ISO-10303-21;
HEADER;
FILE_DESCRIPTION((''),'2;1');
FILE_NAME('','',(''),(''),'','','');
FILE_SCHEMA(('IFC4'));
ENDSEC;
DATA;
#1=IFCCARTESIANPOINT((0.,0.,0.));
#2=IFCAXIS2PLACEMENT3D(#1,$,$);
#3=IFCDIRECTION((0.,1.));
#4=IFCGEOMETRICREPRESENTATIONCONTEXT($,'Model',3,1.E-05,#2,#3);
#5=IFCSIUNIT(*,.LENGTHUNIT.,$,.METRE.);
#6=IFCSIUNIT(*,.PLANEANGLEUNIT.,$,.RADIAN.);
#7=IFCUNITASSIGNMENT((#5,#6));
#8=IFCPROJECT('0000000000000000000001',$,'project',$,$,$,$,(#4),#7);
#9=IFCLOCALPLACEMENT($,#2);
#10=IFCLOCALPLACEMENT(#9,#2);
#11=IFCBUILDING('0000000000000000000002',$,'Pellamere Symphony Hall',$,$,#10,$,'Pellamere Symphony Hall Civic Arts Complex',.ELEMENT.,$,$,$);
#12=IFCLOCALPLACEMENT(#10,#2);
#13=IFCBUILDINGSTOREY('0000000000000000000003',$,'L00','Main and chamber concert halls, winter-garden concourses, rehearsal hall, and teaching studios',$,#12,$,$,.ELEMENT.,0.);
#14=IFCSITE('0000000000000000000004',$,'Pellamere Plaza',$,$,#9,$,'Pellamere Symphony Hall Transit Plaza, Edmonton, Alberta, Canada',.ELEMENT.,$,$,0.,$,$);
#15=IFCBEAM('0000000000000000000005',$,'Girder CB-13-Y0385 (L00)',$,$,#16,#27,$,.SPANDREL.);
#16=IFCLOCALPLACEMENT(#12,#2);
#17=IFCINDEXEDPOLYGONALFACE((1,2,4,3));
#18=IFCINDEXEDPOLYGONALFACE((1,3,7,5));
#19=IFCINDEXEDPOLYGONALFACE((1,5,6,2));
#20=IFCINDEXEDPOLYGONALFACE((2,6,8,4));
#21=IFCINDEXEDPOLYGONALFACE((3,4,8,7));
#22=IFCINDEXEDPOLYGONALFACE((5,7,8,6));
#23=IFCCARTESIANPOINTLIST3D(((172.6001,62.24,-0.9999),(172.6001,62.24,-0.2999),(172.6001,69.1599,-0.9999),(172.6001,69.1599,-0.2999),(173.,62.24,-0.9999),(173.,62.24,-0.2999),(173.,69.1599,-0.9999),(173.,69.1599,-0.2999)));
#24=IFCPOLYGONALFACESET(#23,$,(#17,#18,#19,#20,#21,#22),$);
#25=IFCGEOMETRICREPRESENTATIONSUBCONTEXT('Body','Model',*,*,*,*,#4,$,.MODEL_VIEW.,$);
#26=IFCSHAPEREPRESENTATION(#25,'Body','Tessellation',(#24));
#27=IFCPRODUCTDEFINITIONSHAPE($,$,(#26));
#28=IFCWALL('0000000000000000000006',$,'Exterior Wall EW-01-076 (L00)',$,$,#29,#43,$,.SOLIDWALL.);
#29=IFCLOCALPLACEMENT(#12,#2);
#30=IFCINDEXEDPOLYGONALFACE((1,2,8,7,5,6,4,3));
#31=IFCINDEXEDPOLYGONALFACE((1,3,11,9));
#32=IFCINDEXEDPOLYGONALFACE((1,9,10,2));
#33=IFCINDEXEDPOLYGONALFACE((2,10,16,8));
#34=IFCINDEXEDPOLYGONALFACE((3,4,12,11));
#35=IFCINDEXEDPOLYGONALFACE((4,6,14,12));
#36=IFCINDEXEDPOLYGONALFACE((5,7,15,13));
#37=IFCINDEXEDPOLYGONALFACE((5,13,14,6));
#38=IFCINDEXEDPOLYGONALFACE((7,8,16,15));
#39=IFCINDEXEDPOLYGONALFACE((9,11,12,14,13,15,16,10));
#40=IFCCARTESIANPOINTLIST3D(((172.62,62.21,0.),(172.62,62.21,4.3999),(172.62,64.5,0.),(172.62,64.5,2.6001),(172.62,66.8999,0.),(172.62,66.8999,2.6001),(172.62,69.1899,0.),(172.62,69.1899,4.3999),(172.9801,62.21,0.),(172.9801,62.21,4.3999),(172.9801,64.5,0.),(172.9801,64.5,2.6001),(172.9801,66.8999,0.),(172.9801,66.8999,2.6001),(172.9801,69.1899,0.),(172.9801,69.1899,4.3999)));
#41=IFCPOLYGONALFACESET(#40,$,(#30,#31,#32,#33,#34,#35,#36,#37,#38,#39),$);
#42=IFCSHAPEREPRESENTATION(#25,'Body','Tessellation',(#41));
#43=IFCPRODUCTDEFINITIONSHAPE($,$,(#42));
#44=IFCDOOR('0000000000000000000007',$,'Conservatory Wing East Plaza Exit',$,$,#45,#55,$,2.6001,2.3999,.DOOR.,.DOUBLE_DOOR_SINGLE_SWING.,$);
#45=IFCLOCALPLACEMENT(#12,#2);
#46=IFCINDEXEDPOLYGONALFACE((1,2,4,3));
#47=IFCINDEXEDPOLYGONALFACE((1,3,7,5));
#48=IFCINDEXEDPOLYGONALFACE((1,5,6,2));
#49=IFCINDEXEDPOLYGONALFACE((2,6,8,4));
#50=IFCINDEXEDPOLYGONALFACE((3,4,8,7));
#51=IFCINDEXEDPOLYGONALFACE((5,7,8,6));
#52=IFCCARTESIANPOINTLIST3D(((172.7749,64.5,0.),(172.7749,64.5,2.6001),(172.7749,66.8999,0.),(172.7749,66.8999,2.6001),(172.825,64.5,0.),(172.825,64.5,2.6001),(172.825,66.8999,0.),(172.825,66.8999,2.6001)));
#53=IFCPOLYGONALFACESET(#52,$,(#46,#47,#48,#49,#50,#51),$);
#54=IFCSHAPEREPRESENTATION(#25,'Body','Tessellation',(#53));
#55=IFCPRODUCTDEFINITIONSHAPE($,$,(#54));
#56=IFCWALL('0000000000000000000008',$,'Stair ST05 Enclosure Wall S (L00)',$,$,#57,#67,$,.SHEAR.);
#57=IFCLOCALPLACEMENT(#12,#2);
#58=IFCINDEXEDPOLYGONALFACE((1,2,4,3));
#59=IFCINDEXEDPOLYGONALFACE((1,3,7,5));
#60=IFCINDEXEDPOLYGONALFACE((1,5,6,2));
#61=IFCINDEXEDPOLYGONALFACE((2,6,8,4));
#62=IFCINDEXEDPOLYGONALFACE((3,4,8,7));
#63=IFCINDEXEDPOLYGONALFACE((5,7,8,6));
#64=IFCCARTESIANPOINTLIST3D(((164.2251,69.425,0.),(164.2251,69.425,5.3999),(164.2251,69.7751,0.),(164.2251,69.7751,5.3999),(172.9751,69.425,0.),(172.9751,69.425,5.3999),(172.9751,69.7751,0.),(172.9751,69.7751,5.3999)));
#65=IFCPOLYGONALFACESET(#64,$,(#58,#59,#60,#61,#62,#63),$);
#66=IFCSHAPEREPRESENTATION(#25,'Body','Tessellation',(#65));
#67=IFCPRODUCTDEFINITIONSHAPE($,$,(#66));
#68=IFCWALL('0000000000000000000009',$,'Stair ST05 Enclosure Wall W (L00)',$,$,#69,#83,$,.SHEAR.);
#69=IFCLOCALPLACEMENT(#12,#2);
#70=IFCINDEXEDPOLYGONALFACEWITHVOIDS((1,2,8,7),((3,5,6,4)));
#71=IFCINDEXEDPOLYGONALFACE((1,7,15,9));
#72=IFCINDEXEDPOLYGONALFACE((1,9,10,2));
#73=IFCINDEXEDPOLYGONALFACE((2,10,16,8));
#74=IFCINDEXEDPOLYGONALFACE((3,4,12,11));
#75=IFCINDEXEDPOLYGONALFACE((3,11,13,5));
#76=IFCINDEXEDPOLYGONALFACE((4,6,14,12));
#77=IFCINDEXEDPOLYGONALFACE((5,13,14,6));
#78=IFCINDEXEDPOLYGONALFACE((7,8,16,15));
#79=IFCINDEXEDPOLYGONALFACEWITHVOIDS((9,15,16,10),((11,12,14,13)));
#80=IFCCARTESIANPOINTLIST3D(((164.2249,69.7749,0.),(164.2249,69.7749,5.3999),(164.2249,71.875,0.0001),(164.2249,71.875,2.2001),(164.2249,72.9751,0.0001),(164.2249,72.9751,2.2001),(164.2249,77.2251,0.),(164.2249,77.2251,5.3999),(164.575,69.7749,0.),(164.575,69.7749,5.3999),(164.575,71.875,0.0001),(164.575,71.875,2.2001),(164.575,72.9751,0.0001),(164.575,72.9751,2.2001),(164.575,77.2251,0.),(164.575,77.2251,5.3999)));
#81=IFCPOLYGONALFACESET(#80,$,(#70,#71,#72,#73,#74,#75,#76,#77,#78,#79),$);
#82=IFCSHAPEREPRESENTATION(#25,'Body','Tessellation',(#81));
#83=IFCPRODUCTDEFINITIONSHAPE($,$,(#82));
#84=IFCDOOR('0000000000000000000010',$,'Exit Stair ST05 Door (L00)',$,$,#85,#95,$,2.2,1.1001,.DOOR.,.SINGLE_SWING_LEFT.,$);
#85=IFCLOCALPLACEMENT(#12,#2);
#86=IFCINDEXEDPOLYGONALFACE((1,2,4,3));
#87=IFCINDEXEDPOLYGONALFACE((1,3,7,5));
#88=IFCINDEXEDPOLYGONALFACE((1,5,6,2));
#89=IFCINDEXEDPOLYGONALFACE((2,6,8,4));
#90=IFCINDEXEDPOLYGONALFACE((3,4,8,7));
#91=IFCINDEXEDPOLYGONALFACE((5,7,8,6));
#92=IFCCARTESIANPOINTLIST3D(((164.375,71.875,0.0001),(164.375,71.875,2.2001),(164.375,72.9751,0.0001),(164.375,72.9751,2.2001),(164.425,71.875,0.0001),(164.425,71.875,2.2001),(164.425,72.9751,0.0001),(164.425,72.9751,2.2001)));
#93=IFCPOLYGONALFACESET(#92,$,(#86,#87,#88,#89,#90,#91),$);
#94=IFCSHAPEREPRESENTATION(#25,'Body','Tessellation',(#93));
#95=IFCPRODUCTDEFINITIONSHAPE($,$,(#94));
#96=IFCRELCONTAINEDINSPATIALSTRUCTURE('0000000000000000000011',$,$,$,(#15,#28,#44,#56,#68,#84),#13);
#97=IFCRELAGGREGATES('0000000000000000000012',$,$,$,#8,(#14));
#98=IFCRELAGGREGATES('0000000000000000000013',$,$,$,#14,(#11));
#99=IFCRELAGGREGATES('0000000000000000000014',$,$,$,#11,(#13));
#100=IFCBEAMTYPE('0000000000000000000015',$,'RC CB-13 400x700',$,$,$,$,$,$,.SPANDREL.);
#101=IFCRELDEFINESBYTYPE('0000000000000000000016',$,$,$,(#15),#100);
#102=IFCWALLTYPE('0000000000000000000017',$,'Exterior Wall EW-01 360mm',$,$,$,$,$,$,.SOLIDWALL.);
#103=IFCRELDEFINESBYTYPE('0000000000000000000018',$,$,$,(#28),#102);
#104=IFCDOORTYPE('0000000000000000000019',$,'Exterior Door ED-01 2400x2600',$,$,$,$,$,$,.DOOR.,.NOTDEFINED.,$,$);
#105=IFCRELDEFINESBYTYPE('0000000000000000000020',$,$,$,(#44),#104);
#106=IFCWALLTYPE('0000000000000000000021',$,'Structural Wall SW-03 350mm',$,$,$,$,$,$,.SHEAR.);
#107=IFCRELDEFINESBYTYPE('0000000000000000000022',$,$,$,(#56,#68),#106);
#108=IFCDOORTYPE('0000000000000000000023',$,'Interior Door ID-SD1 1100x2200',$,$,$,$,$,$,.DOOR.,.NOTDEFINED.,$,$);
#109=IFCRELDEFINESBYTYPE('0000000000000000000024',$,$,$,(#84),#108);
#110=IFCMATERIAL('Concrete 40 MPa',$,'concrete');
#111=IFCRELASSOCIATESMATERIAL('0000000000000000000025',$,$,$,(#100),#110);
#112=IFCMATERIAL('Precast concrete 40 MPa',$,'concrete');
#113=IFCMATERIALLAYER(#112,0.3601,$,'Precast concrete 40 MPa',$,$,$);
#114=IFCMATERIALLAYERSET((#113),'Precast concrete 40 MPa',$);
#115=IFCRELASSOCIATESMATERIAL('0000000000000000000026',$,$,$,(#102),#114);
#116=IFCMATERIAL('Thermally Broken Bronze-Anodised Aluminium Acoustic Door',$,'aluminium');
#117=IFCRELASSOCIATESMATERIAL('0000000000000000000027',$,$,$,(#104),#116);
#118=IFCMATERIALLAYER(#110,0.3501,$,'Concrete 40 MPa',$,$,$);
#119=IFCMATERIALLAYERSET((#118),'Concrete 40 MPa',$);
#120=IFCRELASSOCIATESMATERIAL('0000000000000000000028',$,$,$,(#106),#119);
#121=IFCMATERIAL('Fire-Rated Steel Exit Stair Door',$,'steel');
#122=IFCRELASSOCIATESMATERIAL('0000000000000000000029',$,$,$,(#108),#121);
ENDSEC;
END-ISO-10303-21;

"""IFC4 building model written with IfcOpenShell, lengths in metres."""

from ifc_helpers import new_model, si_unit, direction, frame, frame_2d, origin, origin_2d, place, context, subcontext, project, spatial, rectangle, extrude, material, layer, layer_set, material_profile, profile_set, type_object, element, fill, save


model = new_model("IFC4")

# Units and contexts
model_context = context("Model", 3, precision=1e-05, world=origin(), true_north=direction((0.0, 1.0)))
body_context = subcontext(model_context, "Body", "Model", "MODEL_VIEW")
ifc_project = project(units=[si_unit("LENGTHUNIT", "METRE"), si_unit("PLANEANGLEUNIT", "RADIAN")], contexts=[model_context])

# Site, building, storey
site_placement = place(None, origin())
site = spatial("IfcSite", under=ifc_project, at=site_placement, Name="Pellamere Plaza", LongName="Pellamere Symphony Hall Transit Plaza, Edmonton, Alberta, Canada", CompositionType="ELEMENT", RefElevation=0.0)
building_placement = place(site_placement, origin())
building = spatial("IfcBuilding", under=site, at=building_placement, Name="Pellamere Symphony Hall", LongName="Pellamere Symphony Hall Civic Arts Complex", CompositionType="ELEMENT")
storey_placement = place(building_placement, origin())
storey = spatial("IfcBuildingStorey", under=building, at=storey_placement, Name="L00", Description="Main and chamber concert halls, winter-garden concourses, rehearsal hall, and teaching studios", CompositionType="ELEMENT", Elevation=0.0)

# Shared definitions
ifc_material_1 = material(Name="Concrete 40 MPa", Category="concrete")

# Beam
ifc_material_profile_1 = material_profile(ifc_material_1, rectangle(XDim=0.3999, YDim=0.7, at=origin_2d()), Name="RC 400x700")
ifc_profile_set_1 = profile_set([ifc_material_profile_1], Name="Concrete 40 MPa")
beam_type_1 = type_object("IfcBeamType", Name="RC CB-13 400x700", PredefinedType="SPANDREL", material=ifc_profile_set_1)
beam_1_placement = place(storey_placement, frame((172.8, 62.24, -0.6499), z_axis=(0.0, 1.0, 0.0), x_axis=(-1.0, 0.0, 0.0)))
element("IfcBeam", 1, at=beam_1_placement, inside=storey, type_object=beam_type_1, Name="Girder CB-13-Y0385 (L00)", PredefinedType="SPANDREL", context=body_context, shape_type="SweptSolid", body=[
    extrude(rectangle(XDim=0.3999, YDim=0.7, at=origin_2d()), origin(), (0.0, 0.0, 1.0), 6.9199),
])

# Wall, opening, door
ifc_material_2 = material(Name="Precast concrete 40 MPa", Category="concrete")
ifc_layer_1 = layer(ifc_material_2, 0.3601, Name="Precast concrete 40 MPa")
ifc_layer_set_1 = layer_set([ifc_layer_1], Name="Precast concrete 40 MPa")
wall_type_1 = type_object("IfcWallType", Name="Exterior Wall EW-01 360mm", PredefinedType="SOLIDWALL", material=ifc_layer_set_1)
wall_1_placement = place(storey_placement, frame((172.8, 62.21, 0.0), z_axis=(0.0, 0.0, 1.0), x_axis=(0.0, 1.0, 0.0)))
wall_1 = element("IfcWall", 2, at=wall_1_placement, inside=storey, type_object=wall_type_1, Name="Exterior Wall EW-01-076 (L00)", PredefinedType="SOLIDWALL", context=body_context, shape_type="SweptSolid", body=[
    extrude(rectangle(XDim=6.98, YDim=0.3601, at=frame_2d((3.49, 0.0))), origin(), (0.0, 0.0, 1.0), 4.3999),
])
opening_1_placement = place(wall_1_placement, frame((2.29, 0.0, 0.0)))
opening_1 = element("IfcOpeningElement", 3, at=opening_1_placement, cuts=wall_1, PredefinedType="OPENING", context=body_context, shape_type="SweptSolid", body=[
    extrude(rectangle(XDim=2.3999, YDim=2.6001, at=frame_2d((1.2, 1.3))), frame((0.0, 0.1899, 0.0), z_axis=(0.0, -1.0, 0.0), x_axis=(1.0, 0.0, 0.0)), (0.0, 0.0, 1.0), 0.3801),
])
ifc_material_3 = material(Name="Thermally Broken Bronze-Anodised Aluminium Acoustic Door", Category="aluminium")
door_type_1 = type_object("IfcDoorType", Name="Exterior Door ED-01 2400x2600", OperationType="NOTDEFINED", PredefinedType="DOOR", material=ifc_material_3)
door_1_placement = place(opening_1_placement, frame((2.3999, 0.0, 0.0), z_axis=(0.0, 0.0, 1.0), x_axis=(-1.0, 0.0, 0.0)))
door_1 = element("IfcDoor", 4, at=door_1_placement, inside=storey, type_object=door_type_1, Name="Conservatory Wing East Plaza Exit", OperationType="DOUBLE_DOOR_SINGLE_SWING", OverallHeight=2.6001, OverallWidth=2.3999, PredefinedType="DOOR", context=body_context, shape_type="SweptSolid", body=[
    extrude(rectangle(XDim=2.3999, YDim=2.6001, at=frame_2d((1.2, 1.3))), frame((0.0, 0.0249, 0.0), z_axis=(0.0, -1.0, 0.0), x_axis=(1.0, 0.0, 0.0)), (0.0, 0.0, 1.0), 0.05),
])
fill(opening_1, door_1)

# Wall
ifc_layer_2 = layer(ifc_material_1, 0.3501, Name="Concrete 40 MPa")
ifc_layer_set_2 = layer_set([ifc_layer_2], Name="Concrete 40 MPa")
wall_type_2 = type_object("IfcWallType", Name="Structural Wall SW-03 350mm", PredefinedType="SHEAR", material=ifc_layer_set_2)
wall_2_placement = place(storey_placement, frame((164.2251, 69.6001, 0.0), z_axis=(0.0, 0.0, 1.0), x_axis=(1.0, 0.0, 0.0)))
element("IfcWall", 5, at=wall_2_placement, inside=storey, type_object=wall_type_2, Name="Stair ST05 Enclosure Wall S (L00)", PredefinedType="SHEAR", context=body_context, shape_type="SweptSolid", body=[
    extrude(rectangle(XDim=8.75, YDim=0.3501, at=frame_2d((4.375, 0.0))), origin(), (0.0, 0.0, 1.0), 5.3999),
])

# Wall, opening, door
wall_3_placement = place(storey_placement, frame((164.3999, 69.7749, 0.0), z_axis=(0.0, 0.0, 1.0), x_axis=(0.0, 1.0, 0.0)))
wall_3 = element("IfcWall", 6, at=wall_3_placement, inside=storey, type_object=wall_type_2, Name="Stair ST05 Enclosure Wall W (L00)", PredefinedType="SHEAR", context=body_context, shape_type="SweptSolid", body=[
    extrude(rectangle(XDim=7.4502, YDim=0.3501, at=frame_2d((3.7251, 0.0))), origin(), (0.0, 0.0, 1.0), 5.3999),
])
opening_2_placement = place(wall_3_placement, frame((2.1001, 0.0, 0.0)))
opening_2 = element("IfcOpeningElement", 7, at=opening_2_placement, cuts=wall_3, PredefinedType="OPENING", context=body_context, shape_type="SweptSolid", body=[
    extrude(rectangle(XDim=1.1001, YDim=2.2, at=frame_2d((0.55, 1.1001))), frame((0.0, 0.1851, 0.0), z_axis=(0.0, -1.0, 0.0), x_axis=(1.0, 0.0, 0.0)), (0.0, 0.0, 1.0), 0.3701),
])
ifc_material_4 = material(Name="Fire-Rated Steel Exit Stair Door", Category="steel")
door_type_2 = type_object("IfcDoorType", Name="Interior Door ID-SD1 1100x2200", OperationType="NOTDEFINED", PredefinedType="DOOR", material=ifc_material_4)
door_2_placement = place(opening_2_placement, origin())
door_2 = element("IfcDoor", 8, at=door_2_placement, inside=storey, type_object=door_type_2, Name="Exit Stair ST05 Door (L00)", OperationType="SINGLE_SWING_LEFT", OverallHeight=2.2, OverallWidth=1.1001, PredefinedType="DOOR", context=body_context, shape_type="SweptSolid", body=[
    extrude(rectangle(XDim=1.1001, YDim=2.2, at=frame_2d((0.55, 1.1001))), frame((0.0, 0.0249, 0.0), z_axis=(0.0, -1.0, 0.0), x_axis=(1.0, 0.0, 0.0)), (0.0, 0.0, 1.0), 0.05),
])
fill(opening_2, door_2)

save(model, "model.ifc")
